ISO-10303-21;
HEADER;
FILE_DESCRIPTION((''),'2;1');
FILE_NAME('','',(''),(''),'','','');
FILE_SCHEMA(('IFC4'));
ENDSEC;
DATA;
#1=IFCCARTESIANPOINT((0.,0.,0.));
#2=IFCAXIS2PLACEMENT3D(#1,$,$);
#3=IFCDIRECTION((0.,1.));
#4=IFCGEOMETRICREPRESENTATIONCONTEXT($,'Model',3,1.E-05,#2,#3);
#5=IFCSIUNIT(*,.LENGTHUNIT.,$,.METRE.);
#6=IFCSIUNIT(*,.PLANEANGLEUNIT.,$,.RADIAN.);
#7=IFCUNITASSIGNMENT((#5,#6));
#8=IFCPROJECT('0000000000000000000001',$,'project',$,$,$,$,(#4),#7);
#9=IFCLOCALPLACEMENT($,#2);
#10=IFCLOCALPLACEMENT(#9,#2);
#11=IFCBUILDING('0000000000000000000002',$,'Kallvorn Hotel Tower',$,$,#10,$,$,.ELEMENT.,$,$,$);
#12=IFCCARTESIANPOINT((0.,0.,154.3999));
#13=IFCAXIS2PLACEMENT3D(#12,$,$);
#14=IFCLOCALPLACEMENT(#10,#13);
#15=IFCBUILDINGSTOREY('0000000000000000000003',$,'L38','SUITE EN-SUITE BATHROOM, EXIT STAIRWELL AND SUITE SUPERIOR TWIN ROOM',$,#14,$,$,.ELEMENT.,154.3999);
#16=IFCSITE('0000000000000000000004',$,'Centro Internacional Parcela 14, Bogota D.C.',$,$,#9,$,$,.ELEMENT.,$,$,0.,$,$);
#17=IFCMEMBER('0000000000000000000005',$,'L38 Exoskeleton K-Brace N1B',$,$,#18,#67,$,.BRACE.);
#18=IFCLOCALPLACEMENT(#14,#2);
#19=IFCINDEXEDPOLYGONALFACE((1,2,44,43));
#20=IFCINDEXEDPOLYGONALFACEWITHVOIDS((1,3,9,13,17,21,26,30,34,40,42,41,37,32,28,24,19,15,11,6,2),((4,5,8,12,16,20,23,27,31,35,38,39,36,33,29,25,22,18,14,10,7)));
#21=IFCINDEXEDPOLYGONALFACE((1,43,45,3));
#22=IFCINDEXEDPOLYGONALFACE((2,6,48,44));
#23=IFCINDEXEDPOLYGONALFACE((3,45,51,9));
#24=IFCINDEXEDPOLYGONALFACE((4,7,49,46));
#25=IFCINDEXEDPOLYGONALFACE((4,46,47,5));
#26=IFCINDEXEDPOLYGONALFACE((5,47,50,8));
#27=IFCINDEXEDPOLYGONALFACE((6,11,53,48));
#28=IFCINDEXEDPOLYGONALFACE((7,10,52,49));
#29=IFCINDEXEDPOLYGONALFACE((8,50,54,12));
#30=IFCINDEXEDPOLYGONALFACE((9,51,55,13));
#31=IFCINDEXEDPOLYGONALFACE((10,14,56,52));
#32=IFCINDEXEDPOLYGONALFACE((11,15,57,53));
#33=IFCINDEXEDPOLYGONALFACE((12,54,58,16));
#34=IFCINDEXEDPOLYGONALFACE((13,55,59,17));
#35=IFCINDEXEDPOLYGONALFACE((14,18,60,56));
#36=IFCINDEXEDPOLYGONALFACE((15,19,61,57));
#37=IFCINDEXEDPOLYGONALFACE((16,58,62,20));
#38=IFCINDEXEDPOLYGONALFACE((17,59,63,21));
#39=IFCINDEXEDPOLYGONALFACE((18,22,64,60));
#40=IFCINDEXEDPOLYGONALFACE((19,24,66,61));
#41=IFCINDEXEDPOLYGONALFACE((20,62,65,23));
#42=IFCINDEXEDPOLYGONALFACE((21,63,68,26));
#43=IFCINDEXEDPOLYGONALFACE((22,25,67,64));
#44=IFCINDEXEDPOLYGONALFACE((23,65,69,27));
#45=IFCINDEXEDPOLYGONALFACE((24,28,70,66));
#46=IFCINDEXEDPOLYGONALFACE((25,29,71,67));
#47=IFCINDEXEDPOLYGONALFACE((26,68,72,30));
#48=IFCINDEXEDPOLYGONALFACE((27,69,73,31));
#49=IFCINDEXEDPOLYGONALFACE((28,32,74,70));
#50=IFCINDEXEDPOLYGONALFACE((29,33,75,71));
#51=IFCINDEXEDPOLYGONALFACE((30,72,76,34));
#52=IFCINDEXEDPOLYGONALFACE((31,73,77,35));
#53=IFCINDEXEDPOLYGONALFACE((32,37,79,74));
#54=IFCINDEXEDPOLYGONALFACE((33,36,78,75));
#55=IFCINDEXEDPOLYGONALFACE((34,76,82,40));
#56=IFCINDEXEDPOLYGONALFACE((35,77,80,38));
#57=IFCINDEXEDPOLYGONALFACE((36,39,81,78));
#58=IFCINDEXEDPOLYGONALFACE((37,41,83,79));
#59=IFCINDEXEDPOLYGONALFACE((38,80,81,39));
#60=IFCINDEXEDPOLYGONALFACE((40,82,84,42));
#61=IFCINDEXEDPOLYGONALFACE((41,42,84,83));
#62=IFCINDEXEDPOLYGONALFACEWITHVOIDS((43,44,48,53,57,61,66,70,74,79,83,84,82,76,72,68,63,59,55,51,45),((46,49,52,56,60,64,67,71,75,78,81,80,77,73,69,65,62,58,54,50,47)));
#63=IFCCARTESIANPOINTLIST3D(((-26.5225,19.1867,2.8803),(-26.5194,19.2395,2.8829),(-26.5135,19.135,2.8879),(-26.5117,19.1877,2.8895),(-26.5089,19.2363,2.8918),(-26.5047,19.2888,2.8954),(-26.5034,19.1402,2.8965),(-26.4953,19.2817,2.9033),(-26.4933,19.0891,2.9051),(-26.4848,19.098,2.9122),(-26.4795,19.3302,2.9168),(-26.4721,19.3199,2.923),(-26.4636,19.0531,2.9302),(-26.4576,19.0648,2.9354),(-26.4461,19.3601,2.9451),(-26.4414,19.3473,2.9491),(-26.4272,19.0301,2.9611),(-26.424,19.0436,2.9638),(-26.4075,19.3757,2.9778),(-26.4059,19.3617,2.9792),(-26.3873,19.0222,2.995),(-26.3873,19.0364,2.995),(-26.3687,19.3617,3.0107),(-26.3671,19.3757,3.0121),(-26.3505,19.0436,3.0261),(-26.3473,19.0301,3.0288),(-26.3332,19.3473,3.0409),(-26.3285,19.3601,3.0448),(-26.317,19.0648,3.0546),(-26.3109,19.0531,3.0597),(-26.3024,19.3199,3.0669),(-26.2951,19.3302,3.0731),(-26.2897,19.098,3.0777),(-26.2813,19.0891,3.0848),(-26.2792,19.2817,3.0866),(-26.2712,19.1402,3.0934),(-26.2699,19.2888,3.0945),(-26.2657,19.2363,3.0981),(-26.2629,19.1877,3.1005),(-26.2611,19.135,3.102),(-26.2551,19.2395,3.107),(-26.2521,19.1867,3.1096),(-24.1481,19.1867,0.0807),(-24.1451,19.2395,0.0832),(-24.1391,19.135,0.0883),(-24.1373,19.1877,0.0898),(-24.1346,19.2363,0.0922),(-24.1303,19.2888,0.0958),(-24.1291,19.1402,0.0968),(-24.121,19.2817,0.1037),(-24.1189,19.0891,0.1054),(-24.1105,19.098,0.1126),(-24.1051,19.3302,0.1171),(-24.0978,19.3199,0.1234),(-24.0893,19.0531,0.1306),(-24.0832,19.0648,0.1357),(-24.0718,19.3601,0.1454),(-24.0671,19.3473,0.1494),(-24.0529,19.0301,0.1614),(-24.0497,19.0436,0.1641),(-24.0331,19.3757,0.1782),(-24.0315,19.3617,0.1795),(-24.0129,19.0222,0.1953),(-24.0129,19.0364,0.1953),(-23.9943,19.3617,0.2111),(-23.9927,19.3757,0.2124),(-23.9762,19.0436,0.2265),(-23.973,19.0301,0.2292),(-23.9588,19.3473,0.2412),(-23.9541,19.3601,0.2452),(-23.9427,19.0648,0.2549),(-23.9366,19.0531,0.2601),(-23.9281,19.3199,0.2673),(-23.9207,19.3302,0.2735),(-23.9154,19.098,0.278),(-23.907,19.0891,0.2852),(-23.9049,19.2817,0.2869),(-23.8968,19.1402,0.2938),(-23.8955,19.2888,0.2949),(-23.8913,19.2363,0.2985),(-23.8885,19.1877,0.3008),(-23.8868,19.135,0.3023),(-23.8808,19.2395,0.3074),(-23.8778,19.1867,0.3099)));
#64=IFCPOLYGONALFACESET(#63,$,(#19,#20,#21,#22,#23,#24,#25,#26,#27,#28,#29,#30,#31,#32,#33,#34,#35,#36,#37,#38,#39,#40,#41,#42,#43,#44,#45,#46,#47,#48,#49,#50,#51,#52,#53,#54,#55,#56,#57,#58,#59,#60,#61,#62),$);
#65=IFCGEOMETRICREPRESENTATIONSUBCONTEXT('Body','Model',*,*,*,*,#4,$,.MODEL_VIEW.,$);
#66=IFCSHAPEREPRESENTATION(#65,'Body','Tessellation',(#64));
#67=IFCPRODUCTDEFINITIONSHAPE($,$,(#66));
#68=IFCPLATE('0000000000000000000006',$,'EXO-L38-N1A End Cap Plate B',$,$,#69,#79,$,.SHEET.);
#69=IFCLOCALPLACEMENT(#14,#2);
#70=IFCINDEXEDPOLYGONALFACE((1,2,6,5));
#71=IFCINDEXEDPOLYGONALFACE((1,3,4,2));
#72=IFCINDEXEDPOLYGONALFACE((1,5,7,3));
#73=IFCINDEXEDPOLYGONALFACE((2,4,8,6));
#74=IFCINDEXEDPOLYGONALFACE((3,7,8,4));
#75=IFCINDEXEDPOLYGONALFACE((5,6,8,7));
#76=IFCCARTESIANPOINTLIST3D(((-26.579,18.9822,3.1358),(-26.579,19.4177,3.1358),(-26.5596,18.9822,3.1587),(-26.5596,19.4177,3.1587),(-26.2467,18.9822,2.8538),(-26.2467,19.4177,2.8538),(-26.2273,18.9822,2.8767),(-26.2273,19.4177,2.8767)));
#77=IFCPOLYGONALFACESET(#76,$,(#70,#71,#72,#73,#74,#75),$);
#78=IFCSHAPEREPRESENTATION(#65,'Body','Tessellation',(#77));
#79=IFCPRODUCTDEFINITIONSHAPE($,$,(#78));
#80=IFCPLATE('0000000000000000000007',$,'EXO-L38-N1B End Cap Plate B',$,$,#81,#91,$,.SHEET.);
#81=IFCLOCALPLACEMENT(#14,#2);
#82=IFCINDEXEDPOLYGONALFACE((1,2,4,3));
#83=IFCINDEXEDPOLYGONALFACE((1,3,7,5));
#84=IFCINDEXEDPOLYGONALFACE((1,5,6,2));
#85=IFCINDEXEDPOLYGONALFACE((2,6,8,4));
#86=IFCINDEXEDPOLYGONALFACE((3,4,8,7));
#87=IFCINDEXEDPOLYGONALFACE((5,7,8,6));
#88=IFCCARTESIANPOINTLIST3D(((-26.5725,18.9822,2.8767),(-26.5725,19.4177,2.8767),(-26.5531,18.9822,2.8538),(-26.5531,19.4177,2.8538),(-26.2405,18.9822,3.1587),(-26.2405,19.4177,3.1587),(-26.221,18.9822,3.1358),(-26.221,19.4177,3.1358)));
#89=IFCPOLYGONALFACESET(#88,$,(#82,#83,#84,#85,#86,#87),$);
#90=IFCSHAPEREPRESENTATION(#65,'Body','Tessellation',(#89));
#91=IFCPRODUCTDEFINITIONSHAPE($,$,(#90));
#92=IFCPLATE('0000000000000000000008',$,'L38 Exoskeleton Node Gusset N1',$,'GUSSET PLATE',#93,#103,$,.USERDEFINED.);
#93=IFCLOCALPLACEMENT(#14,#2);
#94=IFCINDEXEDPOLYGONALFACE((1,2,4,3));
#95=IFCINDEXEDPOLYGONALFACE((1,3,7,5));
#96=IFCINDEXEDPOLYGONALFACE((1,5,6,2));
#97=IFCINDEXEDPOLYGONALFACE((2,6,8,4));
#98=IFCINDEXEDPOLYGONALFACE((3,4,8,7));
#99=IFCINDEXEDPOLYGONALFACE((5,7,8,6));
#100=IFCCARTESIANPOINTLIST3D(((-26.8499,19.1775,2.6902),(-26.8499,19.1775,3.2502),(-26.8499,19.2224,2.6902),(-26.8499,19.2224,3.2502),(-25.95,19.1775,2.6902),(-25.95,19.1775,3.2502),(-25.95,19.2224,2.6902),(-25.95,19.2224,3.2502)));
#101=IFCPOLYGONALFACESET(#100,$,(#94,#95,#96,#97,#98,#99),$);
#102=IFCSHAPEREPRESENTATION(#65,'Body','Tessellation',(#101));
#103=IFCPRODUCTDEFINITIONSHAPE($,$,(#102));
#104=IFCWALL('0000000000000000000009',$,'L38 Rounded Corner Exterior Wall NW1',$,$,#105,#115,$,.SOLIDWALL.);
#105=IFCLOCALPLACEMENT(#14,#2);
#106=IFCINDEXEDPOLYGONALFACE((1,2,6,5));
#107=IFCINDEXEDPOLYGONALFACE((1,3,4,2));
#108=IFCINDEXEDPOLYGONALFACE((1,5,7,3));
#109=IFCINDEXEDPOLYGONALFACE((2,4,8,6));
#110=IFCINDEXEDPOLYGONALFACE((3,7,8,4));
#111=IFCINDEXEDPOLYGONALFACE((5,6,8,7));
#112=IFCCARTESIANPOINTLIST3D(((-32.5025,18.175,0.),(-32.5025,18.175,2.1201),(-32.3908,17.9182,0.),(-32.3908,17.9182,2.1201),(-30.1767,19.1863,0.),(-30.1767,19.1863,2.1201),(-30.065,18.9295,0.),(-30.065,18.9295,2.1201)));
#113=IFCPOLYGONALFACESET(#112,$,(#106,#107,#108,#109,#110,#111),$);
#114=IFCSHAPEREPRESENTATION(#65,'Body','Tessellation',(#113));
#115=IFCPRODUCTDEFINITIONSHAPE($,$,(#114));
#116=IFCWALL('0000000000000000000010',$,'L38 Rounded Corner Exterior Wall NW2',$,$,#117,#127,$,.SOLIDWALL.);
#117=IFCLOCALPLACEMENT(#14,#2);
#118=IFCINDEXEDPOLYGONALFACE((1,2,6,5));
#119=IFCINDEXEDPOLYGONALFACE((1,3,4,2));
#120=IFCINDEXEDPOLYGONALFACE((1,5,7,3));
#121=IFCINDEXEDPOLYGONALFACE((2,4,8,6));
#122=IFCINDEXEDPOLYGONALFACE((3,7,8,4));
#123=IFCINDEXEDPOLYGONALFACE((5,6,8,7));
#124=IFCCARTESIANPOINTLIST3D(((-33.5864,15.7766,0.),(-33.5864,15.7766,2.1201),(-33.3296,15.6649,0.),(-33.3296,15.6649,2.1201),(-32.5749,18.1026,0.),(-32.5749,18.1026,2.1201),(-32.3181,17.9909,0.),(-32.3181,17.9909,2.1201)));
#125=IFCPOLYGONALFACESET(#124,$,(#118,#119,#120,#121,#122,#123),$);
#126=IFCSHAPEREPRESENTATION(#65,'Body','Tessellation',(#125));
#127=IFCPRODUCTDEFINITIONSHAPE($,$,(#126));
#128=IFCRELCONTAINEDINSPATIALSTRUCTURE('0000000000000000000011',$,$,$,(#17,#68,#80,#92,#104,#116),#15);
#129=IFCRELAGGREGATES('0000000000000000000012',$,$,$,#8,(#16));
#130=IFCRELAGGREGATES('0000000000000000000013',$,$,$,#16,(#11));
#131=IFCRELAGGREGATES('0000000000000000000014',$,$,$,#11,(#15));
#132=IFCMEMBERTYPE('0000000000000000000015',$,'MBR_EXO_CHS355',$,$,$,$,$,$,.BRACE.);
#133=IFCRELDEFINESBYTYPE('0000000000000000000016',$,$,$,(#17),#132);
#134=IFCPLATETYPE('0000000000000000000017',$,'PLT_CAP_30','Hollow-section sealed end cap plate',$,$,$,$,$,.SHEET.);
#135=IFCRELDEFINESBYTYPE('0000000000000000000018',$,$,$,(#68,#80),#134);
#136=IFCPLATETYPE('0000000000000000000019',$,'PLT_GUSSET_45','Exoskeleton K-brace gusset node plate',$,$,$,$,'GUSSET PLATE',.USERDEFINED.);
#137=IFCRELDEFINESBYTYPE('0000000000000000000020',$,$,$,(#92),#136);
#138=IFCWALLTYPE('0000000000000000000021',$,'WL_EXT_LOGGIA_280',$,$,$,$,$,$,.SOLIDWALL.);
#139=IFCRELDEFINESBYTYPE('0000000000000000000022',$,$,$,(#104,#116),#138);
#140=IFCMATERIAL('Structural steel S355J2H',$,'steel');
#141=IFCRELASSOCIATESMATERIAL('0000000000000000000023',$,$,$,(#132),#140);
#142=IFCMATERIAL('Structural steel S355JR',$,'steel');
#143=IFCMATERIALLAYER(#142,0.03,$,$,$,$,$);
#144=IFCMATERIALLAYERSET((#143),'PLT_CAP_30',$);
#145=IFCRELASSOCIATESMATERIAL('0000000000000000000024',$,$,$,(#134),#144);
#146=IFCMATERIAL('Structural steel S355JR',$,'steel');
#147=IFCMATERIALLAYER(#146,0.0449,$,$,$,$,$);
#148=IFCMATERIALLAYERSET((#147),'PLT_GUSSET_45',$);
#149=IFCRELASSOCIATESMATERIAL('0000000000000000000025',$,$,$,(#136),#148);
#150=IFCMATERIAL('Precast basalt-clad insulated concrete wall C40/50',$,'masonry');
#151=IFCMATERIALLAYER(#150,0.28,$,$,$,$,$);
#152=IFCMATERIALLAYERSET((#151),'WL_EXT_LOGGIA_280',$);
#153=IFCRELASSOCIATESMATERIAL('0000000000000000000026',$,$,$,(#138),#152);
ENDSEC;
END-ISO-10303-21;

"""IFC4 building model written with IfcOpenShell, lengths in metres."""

from ifc_helpers import new_model, si_unit, direction, frame, frame_2d, origin, origin_2d, place, context, subcontext, project, spatial, polyline, rectangle, hollow_circle, outline, extrude, material, layer, layer_set, material_profile, profile_set, type_object, element, save


model = new_model("IFC4")

# Units and contexts
model_context = context("Model", 3, precision=1e-05, world=origin(), true_north=direction((0.0, 1.0)))
body_context = subcontext(model_context, "Body", "Model", "MODEL_VIEW")
ifc_project = project(units=[si_unit("LENGTHUNIT", "METRE"), si_unit("PLANEANGLEUNIT", "RADIAN")], contexts=[model_context])

# Site, building, storey
site_placement = place(None, origin())
site = spatial("IfcSite", under=ifc_project, at=site_placement, Name="Centro Internacional Parcela 14, Bogota D.C.", CompositionType="ELEMENT", RefElevation=0.0)
building_placement = place(site_placement, origin())
building = spatial("IfcBuilding", under=site, at=building_placement, Name="Kallvorn Hotel Tower", CompositionType="ELEMENT")
storey_placement = place(building_placement, frame((0.0, 0.0, 154.3999)))
storey = spatial("IfcBuildingStorey", under=building, at=storey_placement, Name="L38", Description="SUITE EN-SUITE BATHROOM, EXIT STAIRWELL AND SUITE SUPERIOR TWIN ROOM", CompositionType="ELEMENT", Elevation=154.3999)

# Member
ifc_material_1 = material(Name="Structural steel S355J2H", Category="steel")
ifc_material_profile_1 = material_profile(ifc_material_1, hollow_circle(Radius=0.1777, WallThickness=0.0142, at=origin_2d()), Name="CHS 355.6x14.2")
ifc_profile_set_1 = profile_set([ifc_material_profile_1], Name="Structural steel S355J2H")
member_type_1 = type_object("IfcMemberType", Name="MBR_EXO_CHS355", PredefinedType="BRACE", material=ifc_profile_set_1)
for number, where, z_axis, x_axis, name in (
    (1, (-24.0129, 19.2, 0.1953), (-0.6468, 0.0, 0.762659), (0.0, -1.0, 0.0), "L38 Exoskeleton K-Brace N1B"),
):
    element("IfcMember", number, at=place(storey_placement, frame(where, z_axis=z_axis, x_axis=x_axis)), inside=storey, type_object=member_type_1, Name=name, PredefinedType="BRACE", context=body_context, shape_type="SweptSolid", body=[
        extrude(hollow_circle(Radius=0.1777, WallThickness=0.0142, at=origin_2d()), origin(), (0.0, 0.0, 1.0), 3.6709),
    ])

# Plates
ifc_material_2 = material(Name="Structural steel S355JR", Category="steel")
ifc_layer_1 = layer(ifc_material_2, 0.03)
ifc_layer_set_1 = layer_set([ifc_layer_1], Name="PLT_CAP_30")
plate_type_1 = type_object("IfcPlateType", Name="PLT_CAP_30", Description="Hollow-section sealed end cap plate", PredefinedType="SHEET", material=ifc_layer_set_1)
plate_1_placement = place(storey_placement, frame((-26.2273, 18.9822, 2.8767), z_axis=(0.647047, 0.0, 0.762451), x_axis=(0.0, 1.0, 0.0)))
element("IfcPlate", 2, at=plate_1_placement, inside=storey, type_object=plate_type_1, Name="EXO-L38-N1A End Cap Plate B", PredefinedType="SHEET", context=body_context, shape_type="SweptSolid", body=[
    extrude(outline(polyline([(0.0, 0.0), (0.4355, 0.0), (0.4355, 0.4358), (0.0, 0.4358), (0.0, 0.0)])), origin(), (0.0, 0.0, -1.0), 0.03),
])
plate_2_placement = place(storey_placement, frame((-26.5725, 19.4177, 2.8767), z_axis=(-0.647323, 0.0, 0.762216), x_axis=(0.0, -1.0, 0.0)))
element("IfcPlate", 3, at=plate_2_placement, inside=storey, type_object=plate_type_1, Name="EXO-L38-N1B End Cap Plate B", PredefinedType="SHEET", context=body_context, shape_type="SweptSolid", body=[
    extrude(outline(polyline([(0.0, 0.0), (0.4355, 0.0), (0.4355, 0.4356), (0.0, 0.4356), (0.0, 0.0)])), origin(), (0.0, 0.0, -1.0), 0.03),
])
ifc_material_3 = material(Name="Structural steel S355JR", Category="steel")
ifc_layer_2 = layer(ifc_material_3, 0.0449)
ifc_layer_set_2 = layer_set([ifc_layer_2], Name="PLT_GUSSET_45")
plate_type_2 = type_object("IfcPlateType", Name="PLT_GUSSET_45", Description="Exoskeleton K-brace gusset node plate", ElementType="GUSSET PLATE", PredefinedType="USERDEFINED", material=ifc_layer_set_2)
plate_3_placement = place(storey_placement, frame((-26.3999, 19.2, 2.6902), z_axis=(0.0, 0.0, 1.0), x_axis=(1.0, 0.0, 0.0)))
element("IfcPlate", 4, at=plate_3_placement, inside=storey, type_object=plate_type_2, Name="L38 Exoskeleton Node Gusset N1", ObjectType="GUSSET PLATE", PredefinedType="USERDEFINED", context=body_context, shape_type="SweptSolid", body=[
    extrude(rectangle(XDim=0.8999, YDim=0.0449, at=origin_2d()), origin(), (0.0, 0.0, 1.0), 0.5601),
])

# Walls
ifc_material_4 = material(Name="Precast basalt-clad insulated concrete wall C40/50", Category="masonry")
ifc_layer_3 = layer(ifc_material_4, 0.28)
ifc_layer_set_3 = layer_set([ifc_layer_3], Name="WL_EXT_LOGGIA_280")
wall_type = type_object("IfcWallType", Name="WL_EXT_LOGGIA_280", PredefinedType="SOLIDWALL", material=ifc_layer_set_3)
wall_1_placement = place(storey_placement, frame((-30.1208, 19.0579, 0.0), z_axis=(0.0, 0.0, 1.0), x_axis=(-0.917061, -0.398747, 0.0)))
element("IfcWall", 5, at=wall_1_placement, inside=storey, type_object=wall_type, Name="L38 Rounded Corner Exterior Wall NW1", PredefinedType="SOLIDWALL", context=body_context, shape_type="SweptSolid", body=[
    extrude(rectangle(XDim=2.5361, YDim=0.28, at=frame_2d((1.2681, 0.0))), origin(), (0.0, 0.0, 1.0), 2.1201),
])
wall_2_placement = place(storey_placement, frame((-32.4465, 18.0466, 0.0), z_axis=(0.0, 0.0, 1.0), x_axis=(-0.398793, -0.917041, 0.0)))
element("IfcWall", 6, at=wall_2_placement, inside=storey, type_object=wall_type, Name="L38 Rounded Corner Exterior Wall NW2", PredefinedType="SOLIDWALL", context=body_context, shape_type="SweptSolid", body=[
    extrude(rectangle(XDim=2.5364, YDim=0.28, at=frame_2d((1.2681, 0.0))), origin(), (0.0, 0.0, 1.0), 2.1201),
])

save(model, "model.ifc")
